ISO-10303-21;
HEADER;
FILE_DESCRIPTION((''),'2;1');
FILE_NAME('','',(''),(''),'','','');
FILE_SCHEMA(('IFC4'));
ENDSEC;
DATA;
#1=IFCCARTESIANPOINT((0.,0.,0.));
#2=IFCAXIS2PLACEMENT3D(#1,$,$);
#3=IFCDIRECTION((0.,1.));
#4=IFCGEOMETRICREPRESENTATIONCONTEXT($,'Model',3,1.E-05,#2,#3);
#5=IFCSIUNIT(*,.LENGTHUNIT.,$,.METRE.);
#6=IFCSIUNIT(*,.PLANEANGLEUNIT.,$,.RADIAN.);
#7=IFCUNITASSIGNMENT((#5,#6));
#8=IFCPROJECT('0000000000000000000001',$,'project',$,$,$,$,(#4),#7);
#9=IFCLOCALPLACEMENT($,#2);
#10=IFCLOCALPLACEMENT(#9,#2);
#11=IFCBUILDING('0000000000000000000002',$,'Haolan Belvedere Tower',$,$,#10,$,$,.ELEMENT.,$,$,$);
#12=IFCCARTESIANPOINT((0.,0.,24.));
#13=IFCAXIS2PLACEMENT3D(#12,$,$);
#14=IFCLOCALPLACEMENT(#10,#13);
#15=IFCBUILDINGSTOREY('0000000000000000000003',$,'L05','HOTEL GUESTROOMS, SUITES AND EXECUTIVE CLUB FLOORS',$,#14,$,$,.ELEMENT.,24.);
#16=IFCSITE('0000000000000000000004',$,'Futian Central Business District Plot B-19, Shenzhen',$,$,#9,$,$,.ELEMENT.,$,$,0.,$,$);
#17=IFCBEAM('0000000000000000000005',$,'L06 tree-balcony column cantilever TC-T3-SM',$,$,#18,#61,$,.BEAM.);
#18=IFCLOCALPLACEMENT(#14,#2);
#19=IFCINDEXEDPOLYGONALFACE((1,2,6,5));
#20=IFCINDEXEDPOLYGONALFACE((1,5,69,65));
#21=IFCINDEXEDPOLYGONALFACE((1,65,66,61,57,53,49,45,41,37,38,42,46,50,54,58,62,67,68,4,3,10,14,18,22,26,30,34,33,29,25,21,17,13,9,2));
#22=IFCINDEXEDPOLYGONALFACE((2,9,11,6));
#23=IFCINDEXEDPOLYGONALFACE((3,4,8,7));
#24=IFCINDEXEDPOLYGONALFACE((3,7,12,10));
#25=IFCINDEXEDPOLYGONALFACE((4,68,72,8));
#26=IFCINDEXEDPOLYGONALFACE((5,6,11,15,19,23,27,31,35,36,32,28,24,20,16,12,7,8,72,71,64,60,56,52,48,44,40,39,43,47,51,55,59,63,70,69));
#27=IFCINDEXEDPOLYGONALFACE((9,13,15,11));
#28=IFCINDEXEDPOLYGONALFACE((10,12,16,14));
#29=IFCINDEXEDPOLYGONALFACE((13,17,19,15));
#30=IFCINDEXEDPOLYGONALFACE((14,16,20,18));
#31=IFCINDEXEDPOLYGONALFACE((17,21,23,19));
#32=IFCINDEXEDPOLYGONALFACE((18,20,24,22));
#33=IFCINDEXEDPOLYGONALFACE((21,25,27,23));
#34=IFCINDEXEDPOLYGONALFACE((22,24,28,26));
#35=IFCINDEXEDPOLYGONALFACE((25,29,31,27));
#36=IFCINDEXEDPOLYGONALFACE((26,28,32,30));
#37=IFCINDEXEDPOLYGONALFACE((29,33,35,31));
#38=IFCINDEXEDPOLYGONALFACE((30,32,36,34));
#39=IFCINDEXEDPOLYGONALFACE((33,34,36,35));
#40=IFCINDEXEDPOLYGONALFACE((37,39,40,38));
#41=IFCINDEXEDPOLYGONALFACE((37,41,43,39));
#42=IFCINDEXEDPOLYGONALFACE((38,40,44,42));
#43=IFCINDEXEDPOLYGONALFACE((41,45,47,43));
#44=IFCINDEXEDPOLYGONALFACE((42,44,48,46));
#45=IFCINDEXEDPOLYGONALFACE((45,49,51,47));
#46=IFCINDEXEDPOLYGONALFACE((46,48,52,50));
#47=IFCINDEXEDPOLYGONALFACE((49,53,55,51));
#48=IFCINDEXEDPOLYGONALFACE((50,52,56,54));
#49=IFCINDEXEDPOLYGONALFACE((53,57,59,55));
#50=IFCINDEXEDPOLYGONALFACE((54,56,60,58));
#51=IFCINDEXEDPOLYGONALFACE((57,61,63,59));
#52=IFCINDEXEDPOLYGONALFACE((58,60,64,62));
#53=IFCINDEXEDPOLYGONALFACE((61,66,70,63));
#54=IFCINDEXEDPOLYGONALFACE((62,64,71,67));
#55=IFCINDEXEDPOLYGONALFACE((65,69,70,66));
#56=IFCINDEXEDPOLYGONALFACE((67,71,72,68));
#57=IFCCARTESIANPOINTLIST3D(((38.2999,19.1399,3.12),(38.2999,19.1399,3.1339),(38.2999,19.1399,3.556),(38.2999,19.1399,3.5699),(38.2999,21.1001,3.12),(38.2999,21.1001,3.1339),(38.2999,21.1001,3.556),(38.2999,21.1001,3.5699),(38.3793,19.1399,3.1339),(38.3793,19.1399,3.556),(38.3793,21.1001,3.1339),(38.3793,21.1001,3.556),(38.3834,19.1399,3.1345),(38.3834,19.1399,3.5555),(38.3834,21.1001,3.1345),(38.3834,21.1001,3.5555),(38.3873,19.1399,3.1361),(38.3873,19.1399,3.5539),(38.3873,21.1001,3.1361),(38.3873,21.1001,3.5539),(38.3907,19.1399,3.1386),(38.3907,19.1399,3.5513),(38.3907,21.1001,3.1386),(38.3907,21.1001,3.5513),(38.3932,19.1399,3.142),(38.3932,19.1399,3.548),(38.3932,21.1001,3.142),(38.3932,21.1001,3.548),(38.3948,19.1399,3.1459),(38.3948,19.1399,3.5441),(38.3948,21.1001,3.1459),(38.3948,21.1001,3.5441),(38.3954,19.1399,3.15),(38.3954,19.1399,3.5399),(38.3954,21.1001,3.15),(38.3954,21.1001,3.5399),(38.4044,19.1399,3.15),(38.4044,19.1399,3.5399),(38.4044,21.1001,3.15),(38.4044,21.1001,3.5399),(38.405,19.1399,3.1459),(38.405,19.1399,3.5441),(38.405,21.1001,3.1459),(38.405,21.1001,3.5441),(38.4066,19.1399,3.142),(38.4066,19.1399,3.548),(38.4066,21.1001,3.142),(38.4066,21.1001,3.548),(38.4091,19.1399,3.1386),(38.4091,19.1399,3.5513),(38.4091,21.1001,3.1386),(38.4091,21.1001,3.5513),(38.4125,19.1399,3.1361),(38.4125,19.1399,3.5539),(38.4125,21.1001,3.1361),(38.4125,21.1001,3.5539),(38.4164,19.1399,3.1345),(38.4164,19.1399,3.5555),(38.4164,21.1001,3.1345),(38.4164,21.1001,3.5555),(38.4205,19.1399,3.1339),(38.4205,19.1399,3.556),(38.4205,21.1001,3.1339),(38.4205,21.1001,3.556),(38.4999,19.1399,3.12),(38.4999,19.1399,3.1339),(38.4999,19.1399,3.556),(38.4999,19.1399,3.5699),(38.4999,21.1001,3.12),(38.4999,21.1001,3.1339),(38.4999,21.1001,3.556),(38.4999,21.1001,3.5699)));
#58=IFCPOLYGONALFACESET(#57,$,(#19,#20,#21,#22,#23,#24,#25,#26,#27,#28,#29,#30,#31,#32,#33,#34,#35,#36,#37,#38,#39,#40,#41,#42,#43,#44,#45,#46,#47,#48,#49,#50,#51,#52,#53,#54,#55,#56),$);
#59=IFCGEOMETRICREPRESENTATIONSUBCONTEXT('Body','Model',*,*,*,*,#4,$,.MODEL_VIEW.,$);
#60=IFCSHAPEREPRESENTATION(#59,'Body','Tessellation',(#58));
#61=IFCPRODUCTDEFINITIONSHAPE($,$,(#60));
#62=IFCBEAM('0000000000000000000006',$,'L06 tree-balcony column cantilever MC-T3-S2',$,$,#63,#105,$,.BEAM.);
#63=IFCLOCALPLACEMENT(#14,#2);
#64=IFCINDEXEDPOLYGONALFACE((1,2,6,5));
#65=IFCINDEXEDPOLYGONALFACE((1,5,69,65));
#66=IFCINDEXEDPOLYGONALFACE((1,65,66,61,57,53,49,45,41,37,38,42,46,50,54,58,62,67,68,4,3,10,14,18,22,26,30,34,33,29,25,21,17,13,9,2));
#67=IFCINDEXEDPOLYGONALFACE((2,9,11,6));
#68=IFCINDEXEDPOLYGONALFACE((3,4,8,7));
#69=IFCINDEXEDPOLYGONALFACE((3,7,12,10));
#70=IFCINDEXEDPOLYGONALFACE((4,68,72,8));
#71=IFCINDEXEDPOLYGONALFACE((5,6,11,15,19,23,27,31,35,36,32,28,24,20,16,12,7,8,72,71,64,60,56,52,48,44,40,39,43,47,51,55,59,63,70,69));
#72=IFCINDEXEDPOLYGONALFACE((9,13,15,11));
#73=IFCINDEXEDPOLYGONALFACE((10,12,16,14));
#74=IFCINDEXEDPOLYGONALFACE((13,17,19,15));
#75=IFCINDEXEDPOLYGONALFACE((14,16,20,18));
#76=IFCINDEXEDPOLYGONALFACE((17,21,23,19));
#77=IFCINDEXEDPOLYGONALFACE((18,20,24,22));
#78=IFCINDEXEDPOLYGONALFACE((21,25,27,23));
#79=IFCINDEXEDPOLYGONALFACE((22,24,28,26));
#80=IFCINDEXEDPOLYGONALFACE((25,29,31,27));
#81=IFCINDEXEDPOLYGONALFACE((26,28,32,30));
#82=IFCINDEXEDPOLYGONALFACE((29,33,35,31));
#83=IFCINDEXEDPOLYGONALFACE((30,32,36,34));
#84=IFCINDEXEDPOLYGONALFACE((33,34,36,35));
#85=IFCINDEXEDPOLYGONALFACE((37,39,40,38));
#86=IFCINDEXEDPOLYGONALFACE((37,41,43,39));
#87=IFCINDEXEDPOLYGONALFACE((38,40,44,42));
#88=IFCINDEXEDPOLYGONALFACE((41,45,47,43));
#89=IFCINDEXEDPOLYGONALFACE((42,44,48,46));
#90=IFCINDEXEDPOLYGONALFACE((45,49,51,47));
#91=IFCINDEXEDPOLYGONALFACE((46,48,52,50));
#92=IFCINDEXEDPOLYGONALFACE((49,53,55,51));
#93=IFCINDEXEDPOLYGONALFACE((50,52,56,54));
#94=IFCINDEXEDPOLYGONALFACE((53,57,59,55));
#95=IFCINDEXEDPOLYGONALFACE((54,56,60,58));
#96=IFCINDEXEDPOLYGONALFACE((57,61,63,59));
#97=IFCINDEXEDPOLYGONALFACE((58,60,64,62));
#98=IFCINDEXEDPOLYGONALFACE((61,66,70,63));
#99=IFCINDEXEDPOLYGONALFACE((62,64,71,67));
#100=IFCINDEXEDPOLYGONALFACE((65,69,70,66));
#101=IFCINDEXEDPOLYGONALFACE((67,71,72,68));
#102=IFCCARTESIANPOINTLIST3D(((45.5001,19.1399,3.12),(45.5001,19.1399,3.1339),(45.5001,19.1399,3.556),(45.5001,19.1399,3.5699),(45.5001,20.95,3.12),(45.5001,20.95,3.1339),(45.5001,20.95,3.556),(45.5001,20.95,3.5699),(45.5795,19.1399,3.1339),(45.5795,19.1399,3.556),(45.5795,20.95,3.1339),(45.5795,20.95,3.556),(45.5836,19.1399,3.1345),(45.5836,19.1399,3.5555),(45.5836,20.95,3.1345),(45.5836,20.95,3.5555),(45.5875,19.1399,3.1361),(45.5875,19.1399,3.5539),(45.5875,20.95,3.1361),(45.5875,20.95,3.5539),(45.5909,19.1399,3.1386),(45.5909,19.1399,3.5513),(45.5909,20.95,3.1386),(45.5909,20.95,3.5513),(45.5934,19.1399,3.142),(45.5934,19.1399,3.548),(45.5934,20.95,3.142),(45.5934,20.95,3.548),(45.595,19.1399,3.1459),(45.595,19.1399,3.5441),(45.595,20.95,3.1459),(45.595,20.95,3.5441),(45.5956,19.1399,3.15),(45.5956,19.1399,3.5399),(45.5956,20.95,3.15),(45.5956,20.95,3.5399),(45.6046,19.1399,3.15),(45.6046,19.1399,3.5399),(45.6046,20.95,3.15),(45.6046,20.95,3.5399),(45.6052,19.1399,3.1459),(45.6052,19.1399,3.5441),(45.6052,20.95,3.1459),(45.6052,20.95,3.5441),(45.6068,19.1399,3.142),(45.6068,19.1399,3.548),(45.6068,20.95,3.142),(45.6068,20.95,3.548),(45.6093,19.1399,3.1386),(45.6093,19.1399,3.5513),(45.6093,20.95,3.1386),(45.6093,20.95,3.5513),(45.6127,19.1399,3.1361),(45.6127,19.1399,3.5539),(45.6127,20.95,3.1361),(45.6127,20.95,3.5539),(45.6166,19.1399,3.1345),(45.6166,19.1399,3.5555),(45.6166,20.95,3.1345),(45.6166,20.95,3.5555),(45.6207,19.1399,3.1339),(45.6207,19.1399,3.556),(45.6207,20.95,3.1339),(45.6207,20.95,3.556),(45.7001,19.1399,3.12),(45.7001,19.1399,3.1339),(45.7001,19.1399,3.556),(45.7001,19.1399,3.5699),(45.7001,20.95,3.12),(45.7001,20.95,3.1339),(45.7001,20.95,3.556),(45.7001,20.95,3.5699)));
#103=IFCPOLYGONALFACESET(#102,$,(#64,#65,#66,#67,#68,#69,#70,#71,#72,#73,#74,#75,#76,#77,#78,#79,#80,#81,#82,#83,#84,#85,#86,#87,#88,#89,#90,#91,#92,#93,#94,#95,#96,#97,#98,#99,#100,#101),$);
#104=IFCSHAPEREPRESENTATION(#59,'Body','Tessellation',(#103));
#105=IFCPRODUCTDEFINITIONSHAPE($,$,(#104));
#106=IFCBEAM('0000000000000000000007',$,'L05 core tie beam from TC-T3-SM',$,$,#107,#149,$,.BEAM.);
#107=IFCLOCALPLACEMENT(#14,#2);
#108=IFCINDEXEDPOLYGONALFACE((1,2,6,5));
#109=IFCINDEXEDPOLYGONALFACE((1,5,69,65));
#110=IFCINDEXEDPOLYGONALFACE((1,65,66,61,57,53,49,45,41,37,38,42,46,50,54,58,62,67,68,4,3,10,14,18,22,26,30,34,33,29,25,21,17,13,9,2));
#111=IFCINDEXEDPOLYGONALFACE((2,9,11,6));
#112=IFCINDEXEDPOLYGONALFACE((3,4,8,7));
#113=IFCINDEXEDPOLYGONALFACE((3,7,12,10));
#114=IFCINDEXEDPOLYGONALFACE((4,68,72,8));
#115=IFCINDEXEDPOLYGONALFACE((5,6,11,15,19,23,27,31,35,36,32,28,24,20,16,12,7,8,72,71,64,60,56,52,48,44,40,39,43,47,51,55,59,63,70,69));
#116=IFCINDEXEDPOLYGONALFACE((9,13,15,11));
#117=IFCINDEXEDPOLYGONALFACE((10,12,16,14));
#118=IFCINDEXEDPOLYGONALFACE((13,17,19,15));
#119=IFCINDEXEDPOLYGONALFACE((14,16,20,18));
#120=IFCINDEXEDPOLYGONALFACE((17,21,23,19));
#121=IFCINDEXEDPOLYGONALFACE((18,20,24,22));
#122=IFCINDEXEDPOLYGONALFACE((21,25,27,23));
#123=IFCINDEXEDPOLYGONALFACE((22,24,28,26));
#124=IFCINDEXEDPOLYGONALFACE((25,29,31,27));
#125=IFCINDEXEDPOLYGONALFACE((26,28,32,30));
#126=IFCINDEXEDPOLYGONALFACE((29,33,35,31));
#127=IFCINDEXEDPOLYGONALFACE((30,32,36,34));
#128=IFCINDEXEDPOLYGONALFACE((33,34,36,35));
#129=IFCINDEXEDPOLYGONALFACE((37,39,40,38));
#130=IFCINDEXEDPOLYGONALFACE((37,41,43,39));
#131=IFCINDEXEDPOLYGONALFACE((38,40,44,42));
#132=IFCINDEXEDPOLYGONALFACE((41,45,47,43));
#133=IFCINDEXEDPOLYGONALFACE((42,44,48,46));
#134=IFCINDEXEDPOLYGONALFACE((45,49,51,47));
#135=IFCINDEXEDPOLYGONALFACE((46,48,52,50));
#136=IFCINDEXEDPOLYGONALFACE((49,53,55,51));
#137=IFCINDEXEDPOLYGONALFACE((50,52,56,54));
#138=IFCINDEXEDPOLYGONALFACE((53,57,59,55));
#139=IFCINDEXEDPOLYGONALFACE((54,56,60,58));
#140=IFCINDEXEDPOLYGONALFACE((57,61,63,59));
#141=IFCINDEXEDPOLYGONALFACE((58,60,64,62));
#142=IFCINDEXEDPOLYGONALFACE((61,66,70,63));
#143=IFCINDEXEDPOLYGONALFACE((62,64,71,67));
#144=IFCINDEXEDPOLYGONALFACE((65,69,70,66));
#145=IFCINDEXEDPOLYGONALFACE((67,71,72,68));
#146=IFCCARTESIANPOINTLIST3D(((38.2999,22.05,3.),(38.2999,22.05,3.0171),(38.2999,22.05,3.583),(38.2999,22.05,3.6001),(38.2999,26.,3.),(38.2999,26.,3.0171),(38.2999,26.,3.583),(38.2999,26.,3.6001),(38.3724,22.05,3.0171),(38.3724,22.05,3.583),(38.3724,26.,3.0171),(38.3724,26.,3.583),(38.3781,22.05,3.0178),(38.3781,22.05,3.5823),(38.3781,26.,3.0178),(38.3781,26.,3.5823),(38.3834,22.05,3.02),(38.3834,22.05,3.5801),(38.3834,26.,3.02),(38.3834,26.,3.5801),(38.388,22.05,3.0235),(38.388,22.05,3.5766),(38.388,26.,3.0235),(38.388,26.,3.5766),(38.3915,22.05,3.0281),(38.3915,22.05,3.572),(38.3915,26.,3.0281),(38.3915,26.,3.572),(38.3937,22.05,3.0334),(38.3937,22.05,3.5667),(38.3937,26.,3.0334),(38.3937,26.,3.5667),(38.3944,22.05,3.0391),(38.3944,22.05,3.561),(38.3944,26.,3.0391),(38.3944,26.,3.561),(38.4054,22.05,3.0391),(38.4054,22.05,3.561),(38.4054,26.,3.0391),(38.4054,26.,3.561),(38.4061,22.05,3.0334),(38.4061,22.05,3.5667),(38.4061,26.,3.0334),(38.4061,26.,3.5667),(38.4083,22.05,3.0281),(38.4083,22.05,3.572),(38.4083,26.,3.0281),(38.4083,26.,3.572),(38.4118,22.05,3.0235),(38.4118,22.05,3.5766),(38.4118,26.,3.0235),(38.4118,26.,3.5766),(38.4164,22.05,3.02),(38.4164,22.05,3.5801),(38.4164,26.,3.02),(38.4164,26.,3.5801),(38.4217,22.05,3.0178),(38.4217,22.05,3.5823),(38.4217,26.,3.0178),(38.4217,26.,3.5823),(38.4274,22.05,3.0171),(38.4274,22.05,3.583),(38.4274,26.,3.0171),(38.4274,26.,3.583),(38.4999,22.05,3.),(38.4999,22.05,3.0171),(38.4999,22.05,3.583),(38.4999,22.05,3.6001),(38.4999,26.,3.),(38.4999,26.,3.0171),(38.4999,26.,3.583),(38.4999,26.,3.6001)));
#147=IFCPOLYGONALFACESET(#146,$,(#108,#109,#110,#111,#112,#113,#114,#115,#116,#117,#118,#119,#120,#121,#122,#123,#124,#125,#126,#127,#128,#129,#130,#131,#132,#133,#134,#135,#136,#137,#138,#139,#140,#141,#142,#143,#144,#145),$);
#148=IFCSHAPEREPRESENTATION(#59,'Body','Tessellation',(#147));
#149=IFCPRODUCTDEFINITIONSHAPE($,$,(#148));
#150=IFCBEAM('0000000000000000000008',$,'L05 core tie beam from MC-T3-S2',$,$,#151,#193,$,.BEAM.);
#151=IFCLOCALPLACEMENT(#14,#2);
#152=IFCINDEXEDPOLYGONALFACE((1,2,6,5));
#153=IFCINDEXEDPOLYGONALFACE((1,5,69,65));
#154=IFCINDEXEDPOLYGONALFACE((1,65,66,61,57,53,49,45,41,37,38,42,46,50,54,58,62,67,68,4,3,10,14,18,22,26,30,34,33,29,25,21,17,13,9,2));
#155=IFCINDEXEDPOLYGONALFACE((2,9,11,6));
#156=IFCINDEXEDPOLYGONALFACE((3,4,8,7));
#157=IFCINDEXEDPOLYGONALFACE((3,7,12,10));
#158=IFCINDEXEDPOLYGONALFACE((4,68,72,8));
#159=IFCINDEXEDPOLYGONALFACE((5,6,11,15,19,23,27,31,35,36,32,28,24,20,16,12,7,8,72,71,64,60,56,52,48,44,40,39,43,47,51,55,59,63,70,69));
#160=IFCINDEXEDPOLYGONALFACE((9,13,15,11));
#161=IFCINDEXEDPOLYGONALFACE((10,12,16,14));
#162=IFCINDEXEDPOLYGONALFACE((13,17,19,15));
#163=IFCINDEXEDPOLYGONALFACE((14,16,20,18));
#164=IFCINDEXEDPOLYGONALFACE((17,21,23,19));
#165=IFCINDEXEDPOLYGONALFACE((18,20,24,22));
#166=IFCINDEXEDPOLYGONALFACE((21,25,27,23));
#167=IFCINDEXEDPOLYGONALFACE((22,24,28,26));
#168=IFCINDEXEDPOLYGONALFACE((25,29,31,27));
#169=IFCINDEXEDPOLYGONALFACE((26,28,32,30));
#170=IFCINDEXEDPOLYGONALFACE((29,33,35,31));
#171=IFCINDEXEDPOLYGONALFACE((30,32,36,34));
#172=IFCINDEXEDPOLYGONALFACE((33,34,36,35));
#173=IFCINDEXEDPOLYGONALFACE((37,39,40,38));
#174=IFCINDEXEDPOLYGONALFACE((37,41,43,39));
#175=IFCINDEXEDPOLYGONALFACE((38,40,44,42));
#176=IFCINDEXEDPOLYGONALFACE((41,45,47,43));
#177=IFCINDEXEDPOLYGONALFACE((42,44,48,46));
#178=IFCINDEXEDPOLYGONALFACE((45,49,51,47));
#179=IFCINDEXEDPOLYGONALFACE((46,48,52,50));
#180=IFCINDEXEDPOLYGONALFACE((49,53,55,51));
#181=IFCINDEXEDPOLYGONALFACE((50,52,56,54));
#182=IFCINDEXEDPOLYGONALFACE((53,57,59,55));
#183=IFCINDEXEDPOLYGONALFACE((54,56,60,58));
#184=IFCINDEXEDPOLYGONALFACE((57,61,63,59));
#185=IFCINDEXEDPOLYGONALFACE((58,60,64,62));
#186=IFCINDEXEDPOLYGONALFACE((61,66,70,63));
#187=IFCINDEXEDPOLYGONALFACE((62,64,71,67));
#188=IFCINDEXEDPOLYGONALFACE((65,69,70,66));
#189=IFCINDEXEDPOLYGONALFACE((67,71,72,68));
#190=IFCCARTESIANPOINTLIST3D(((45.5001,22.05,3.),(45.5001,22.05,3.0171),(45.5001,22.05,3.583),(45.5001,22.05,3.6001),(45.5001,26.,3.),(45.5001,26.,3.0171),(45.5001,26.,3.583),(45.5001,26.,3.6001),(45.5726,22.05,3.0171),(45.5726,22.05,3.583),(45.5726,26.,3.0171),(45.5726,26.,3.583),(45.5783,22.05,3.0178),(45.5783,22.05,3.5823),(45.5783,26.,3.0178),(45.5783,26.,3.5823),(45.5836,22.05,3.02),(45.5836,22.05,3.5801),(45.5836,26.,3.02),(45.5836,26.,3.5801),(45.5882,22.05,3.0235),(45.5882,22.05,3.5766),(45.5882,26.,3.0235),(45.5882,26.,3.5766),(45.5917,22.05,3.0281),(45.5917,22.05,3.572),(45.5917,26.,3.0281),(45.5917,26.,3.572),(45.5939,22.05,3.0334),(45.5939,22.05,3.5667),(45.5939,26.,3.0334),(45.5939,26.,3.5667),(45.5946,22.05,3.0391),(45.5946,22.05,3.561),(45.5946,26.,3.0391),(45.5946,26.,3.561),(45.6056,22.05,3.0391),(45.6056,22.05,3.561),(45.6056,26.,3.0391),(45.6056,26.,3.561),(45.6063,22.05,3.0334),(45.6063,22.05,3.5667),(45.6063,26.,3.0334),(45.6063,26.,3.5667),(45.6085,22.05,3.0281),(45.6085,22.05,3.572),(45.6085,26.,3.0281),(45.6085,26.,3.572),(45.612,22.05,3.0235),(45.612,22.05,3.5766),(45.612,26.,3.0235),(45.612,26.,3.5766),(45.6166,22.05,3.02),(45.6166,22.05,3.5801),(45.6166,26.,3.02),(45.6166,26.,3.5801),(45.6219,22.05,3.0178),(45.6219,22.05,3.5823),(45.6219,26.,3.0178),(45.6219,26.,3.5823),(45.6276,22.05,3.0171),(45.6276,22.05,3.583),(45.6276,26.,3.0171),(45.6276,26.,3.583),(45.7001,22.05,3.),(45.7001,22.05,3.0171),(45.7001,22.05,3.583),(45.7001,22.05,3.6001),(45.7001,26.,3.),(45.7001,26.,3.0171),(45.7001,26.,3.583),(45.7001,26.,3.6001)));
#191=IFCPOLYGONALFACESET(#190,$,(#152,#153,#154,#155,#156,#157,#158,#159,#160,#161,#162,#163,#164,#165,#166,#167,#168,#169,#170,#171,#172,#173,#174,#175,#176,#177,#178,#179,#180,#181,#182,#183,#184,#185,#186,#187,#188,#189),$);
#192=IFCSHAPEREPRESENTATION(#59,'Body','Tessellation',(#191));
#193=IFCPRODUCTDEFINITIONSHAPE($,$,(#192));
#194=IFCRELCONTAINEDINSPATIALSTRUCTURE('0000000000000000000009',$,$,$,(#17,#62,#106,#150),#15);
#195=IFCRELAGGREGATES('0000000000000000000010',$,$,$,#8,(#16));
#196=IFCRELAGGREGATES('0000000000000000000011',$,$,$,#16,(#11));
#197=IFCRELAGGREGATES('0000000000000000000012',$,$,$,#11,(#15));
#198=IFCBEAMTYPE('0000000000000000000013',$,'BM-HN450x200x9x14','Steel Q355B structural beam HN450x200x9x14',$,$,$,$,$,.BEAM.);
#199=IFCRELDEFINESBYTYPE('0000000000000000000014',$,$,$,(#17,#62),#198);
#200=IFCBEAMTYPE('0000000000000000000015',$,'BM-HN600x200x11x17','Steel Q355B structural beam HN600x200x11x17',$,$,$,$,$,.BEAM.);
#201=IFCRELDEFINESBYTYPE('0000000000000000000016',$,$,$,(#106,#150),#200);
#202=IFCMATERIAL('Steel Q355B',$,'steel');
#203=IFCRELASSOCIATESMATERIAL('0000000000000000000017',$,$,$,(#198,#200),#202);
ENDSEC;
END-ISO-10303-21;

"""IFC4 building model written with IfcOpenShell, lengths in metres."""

from ifc_helpers import new_model, si_unit, direction, frame, origin, origin_2d, place, context, subcontext, project, spatial, i_section, extrude, material, material_profile, profile_set, type_object, element, save


model = new_model("IFC4")

# Units and contexts
model_context = context("Model", 3, precision=1e-05, world=origin(), true_north=direction((0.0, 1.0)))
body_context = subcontext(model_context, "Body", "Model", "MODEL_VIEW")
ifc_project = project(units=[si_unit("LENGTHUNIT", "METRE"), si_unit("PLANEANGLEUNIT", "RADIAN")], contexts=[model_context])

# Site, building, storey
site_placement = place(None, origin())
site = spatial("IfcSite", under=ifc_project, at=site_placement, Name="Futian Central Business District Plot B-19, Shenzhen", CompositionType="ELEMENT", RefElevation=0.0)
building_placement = place(site_placement, origin())
building = spatial("IfcBuilding", under=site, at=building_placement, Name="Haolan Belvedere Tower", CompositionType="ELEMENT")
storey_placement = place(building_placement, frame((0.0, 0.0, 24.0)))
storey = spatial("IfcBuildingStorey", under=building, at=storey_placement, Name="L05", Description="HOTEL GUESTROOMS, SUITES AND EXECUTIVE CLUB FLOORS", CompositionType="ELEMENT", Elevation=24.0)

# Shared definitions
ifc_material_1 = material(Name="Steel Q355B", Category="steel")

# Beams
ifc_material_profile_1 = material_profile(ifc_material_1, i_section(OverallWidth=0.2, OverallDepth=0.45, WebThickness=0.009, FlangeThickness=0.0139, FilletRadius=0.0161, at=origin_2d()), Name="Steel Q355B")
ifc_profile_set_1 = profile_set([ifc_material_profile_1], Name="Steel Q355B")
beam_type_1 = type_object("IfcBeamType", Name="BM-HN450x200x9x14", Description="Steel Q355B structural beam HN450x200x9x14", PredefinedType="BEAM", material=ifc_profile_set_1)
beam_1_placement = place(storey_placement, frame((38.3999, 21.1001, 3.345), z_axis=(0.0, -1.0, 0.0), x_axis=(1.0, 0.0, 0.0)))
element("IfcBeam", 1, at=beam_1_placement, inside=storey, type_object=beam_type_1, Name="L06 tree-balcony column cantilever TC-T3-SM", PredefinedType="BEAM", context=body_context, shape_type="SweptSolid", body=[
    extrude(i_section(OverallWidth=0.2, OverallDepth=0.45, WebThickness=0.009, FlangeThickness=0.0139, FilletRadius=0.0161, at=origin_2d()), origin(), (0.0, 0.0, 1.0), 1.9602),
])
beam_2_placement = place(storey_placement, frame((45.6001, 20.95, 3.345), z_axis=(0.0, -1.0, 0.0), x_axis=(1.0, 0.0, 0.0)))
element("IfcBeam", 2, at=beam_2_placement, inside=storey, type_object=beam_type_1, Name="L06 tree-balcony column cantilever MC-T3-S2", PredefinedType="BEAM", context=body_context, shape_type="SweptSolid", body=[
    extrude(i_section(OverallWidth=0.2, OverallDepth=0.45, WebThickness=0.009, FlangeThickness=0.0139, FilletRadius=0.0161, at=origin_2d()), origin(), (0.0, 0.0, 1.0), 1.8101),
])
ifc_material_profile_2 = material_profile(ifc_material_1, i_section(OverallWidth=0.2, OverallDepth=0.6001, WebThickness=0.011, FlangeThickness=0.0171, FilletRadius=0.022, at=origin_2d()), Name="Steel Q355B")
ifc_profile_set_2 = profile_set([ifc_material_profile_2], Name="Steel Q355B")
beam_type_2 = type_object("IfcBeamType", Name="BM-HN600x200x11x17", Description="Steel Q355B structural beam HN600x200x11x17", PredefinedType="BEAM", material=ifc_profile_set_2)
for number, where, z_axis, x_axis, name in (
    (3, (38.3999, 22.05, 3.3), (0.0, 1.0, 0.0), (-1.0, 0.0, 0.0), "L05 core tie beam from TC-T3-SM"),
    (4, (45.6001, 22.05, 3.3), (0.0, 1.0, 0.0), (-1.0, 0.0, 0.0), "L05 core tie beam from MC-T3-S2"),
):
    element("IfcBeam", number, at=place(storey_placement, frame(where, z_axis=z_axis, x_axis=x_axis)), inside=storey, type_object=beam_type_2, Name=name, PredefinedType="BEAM", context=body_context, shape_type="SweptSolid", body=[
        extrude(i_section(OverallWidth=0.2, OverallDepth=0.6001, WebThickness=0.011, FlangeThickness=0.0171, FilletRadius=0.022, at=origin_2d()), origin(), (0.0, 0.0, 1.0), 3.95),
    ])

save(model, "model.ifc")
